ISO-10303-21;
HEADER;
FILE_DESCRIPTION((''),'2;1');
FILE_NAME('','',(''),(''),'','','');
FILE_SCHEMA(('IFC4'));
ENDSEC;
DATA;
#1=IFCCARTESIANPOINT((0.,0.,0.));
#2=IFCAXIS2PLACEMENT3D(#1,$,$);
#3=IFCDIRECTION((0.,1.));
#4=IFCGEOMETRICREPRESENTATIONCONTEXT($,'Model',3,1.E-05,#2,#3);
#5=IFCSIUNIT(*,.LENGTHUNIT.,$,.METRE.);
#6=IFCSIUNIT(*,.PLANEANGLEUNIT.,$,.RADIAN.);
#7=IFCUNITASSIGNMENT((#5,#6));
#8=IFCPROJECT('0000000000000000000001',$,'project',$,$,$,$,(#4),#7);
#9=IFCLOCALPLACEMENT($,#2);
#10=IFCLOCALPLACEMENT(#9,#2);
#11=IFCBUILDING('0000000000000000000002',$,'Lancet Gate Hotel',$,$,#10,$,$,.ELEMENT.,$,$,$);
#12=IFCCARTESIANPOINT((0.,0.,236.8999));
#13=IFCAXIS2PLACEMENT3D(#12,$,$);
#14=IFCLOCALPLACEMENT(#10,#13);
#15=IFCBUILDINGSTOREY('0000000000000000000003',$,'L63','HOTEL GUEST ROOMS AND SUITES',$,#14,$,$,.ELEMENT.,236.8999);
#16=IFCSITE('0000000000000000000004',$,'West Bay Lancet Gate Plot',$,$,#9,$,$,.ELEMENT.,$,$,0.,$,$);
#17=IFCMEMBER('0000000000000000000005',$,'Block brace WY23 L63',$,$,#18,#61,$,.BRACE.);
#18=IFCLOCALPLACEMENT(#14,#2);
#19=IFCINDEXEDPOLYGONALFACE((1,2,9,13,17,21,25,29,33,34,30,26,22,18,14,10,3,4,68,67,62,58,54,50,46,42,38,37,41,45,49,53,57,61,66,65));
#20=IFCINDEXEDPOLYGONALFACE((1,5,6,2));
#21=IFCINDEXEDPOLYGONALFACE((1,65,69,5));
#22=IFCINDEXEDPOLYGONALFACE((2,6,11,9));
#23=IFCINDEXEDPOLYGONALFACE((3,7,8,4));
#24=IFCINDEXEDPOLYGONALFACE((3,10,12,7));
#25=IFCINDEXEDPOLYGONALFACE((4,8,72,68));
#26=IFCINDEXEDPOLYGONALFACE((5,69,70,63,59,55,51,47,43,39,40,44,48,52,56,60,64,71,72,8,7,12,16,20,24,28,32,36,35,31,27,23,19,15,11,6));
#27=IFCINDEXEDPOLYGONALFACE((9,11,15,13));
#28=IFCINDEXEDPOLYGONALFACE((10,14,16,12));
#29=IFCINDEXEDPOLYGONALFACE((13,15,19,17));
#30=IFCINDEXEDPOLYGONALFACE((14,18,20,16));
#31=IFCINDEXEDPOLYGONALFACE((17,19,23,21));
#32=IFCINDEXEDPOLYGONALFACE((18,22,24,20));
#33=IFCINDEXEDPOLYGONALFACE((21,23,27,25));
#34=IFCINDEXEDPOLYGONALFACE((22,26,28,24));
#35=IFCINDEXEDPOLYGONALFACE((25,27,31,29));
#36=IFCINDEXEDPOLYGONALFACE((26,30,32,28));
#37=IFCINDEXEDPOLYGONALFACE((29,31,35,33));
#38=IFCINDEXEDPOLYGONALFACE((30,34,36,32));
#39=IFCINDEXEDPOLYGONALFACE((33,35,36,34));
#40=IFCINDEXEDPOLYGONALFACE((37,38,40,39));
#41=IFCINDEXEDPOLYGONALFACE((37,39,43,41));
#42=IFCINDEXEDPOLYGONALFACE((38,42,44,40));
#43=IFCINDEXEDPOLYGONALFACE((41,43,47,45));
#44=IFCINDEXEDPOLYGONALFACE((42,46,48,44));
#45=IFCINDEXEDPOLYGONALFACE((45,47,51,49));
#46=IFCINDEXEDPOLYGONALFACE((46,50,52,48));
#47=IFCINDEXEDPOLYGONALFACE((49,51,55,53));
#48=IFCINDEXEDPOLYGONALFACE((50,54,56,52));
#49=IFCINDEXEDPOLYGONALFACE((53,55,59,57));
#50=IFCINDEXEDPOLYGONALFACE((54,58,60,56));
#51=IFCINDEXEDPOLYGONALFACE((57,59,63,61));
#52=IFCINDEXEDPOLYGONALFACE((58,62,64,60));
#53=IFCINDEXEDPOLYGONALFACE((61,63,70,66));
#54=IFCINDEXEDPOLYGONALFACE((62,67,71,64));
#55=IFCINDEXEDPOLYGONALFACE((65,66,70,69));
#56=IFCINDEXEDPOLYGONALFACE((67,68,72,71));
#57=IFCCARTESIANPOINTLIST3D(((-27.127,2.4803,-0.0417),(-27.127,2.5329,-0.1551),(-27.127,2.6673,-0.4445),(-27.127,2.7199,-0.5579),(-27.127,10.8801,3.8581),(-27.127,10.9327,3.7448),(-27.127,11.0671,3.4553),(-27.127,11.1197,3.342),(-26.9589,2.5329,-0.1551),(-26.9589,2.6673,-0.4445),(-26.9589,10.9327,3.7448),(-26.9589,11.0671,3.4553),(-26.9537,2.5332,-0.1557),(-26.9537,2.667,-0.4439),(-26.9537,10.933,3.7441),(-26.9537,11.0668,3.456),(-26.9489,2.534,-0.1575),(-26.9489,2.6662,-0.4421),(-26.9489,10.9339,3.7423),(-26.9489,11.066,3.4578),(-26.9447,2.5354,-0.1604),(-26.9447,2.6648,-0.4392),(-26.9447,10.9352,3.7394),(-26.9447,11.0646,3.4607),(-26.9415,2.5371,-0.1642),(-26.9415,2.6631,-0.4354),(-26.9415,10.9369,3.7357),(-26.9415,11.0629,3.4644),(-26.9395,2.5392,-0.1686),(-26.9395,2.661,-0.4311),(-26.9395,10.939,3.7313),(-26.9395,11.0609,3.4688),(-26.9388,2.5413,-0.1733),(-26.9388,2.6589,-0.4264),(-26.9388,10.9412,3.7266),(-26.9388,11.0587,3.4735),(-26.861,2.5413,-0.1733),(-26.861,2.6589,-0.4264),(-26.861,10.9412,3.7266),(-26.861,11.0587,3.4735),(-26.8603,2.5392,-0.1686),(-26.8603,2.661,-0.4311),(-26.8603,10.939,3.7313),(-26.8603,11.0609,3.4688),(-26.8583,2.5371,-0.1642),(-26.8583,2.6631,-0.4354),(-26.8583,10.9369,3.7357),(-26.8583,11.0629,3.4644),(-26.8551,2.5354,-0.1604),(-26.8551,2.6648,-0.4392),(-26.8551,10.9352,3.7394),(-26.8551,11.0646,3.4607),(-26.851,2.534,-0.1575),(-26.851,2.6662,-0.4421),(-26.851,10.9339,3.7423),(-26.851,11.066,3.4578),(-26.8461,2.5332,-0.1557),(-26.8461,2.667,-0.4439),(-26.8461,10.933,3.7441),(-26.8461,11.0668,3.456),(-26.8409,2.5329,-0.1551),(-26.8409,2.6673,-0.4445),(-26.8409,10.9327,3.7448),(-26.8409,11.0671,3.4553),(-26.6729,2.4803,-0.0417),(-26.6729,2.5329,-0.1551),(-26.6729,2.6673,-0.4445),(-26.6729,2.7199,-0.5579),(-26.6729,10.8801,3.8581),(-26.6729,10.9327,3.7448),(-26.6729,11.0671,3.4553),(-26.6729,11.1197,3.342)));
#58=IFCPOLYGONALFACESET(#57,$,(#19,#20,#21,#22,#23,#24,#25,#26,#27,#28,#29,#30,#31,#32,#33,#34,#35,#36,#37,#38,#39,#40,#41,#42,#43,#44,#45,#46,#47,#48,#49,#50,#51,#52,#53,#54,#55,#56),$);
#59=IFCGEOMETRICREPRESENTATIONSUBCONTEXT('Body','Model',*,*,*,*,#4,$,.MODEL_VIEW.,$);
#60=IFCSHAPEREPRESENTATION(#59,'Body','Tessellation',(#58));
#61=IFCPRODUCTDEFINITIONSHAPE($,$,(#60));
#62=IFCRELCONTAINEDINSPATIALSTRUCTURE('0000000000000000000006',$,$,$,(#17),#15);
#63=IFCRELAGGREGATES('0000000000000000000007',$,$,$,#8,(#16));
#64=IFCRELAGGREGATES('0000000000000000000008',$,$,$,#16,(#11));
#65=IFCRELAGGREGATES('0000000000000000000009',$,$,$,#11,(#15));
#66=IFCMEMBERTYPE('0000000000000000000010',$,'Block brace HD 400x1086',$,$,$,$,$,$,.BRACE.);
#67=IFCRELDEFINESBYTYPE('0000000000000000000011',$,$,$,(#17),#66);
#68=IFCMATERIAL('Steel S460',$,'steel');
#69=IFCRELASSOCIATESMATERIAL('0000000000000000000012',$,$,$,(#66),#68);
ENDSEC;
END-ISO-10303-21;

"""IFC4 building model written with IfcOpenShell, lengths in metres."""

from ifc_helpers import new_model, si_unit, direction, frame, origin, origin_2d, place, context, subcontext, project, spatial, i_section, extrude, material, material_profile, profile_set, type_object, element, save


model = new_model("IFC4")

# Units and contexts
model_context = context("Model", 3, precision=1e-05, world=origin(), true_north=direction((0.0, 1.0)))
body_context = subcontext(model_context, "Body", "Model", "MODEL_VIEW")
ifc_project = project(units=[si_unit("LENGTHUNIT", "METRE"), si_unit("PLANEANGLEUNIT", "RADIAN")], contexts=[model_context])

# Site, building, storey
site_placement = place(None, origin())
site = spatial("IfcSite", under=ifc_project, at=site_placement, Name="West Bay Lancet Gate Plot", CompositionType="ELEMENT", RefElevation=0.0)
building_placement = place(site_placement, origin())
building = spatial("IfcBuilding", under=site, at=building_placement, Name="Lancet Gate Hotel", CompositionType="ELEMENT")
storey_placement = place(building_placement, frame((0.0, 0.0, 236.8999)))
storey = spatial("IfcBuildingStorey", under=building, at=storey_placement, Name="L63", Description="HOTEL GUEST ROOMS AND SUITES", CompositionType="ELEMENT", Elevation=236.8999)

# Member
ifc_material_1 = material(Name="Steel S460", Category="steel")
ifc_material_profile_1 = material_profile(ifc_material_1, i_section(OverallWidth=0.4541, OverallDepth=0.5691, WebThickness=0.0779, FlangeThickness=0.125, FilletRadius=0.02, at=origin_2d()), Name="HD 400x1086")
ifc_profile_set_1 = profile_set([ifc_material_profile_1], Name="Steel S460")
member_type = type_object("IfcMemberType", Name="Block brace HD 400x1086", PredefinedType="BRACE", material=ifc_profile_set_1)
member_1_placement = place(storey_placement, frame((-26.8999, 2.6001, -0.2998), z_axis=(0.0, 0.907011, 0.421107), x_axis=(-1.0, 0.0, 0.0)))
element("IfcMember", 1, at=member_1_placement, inside=storey, type_object=member_type, Name="Block brace WY23 L63", PredefinedType="BRACE", context=body_context, shape_type="SweptSolid", body=[
    extrude(i_section(OverallWidth=0.4541, OverallDepth=0.5691, WebThickness=0.0779, FlangeThickness=0.125, FilletRadius=0.02, at=origin_2d()), origin(), (0.0, 0.0, 1.0), 9.261),
])

save(model, "model.ifc")
